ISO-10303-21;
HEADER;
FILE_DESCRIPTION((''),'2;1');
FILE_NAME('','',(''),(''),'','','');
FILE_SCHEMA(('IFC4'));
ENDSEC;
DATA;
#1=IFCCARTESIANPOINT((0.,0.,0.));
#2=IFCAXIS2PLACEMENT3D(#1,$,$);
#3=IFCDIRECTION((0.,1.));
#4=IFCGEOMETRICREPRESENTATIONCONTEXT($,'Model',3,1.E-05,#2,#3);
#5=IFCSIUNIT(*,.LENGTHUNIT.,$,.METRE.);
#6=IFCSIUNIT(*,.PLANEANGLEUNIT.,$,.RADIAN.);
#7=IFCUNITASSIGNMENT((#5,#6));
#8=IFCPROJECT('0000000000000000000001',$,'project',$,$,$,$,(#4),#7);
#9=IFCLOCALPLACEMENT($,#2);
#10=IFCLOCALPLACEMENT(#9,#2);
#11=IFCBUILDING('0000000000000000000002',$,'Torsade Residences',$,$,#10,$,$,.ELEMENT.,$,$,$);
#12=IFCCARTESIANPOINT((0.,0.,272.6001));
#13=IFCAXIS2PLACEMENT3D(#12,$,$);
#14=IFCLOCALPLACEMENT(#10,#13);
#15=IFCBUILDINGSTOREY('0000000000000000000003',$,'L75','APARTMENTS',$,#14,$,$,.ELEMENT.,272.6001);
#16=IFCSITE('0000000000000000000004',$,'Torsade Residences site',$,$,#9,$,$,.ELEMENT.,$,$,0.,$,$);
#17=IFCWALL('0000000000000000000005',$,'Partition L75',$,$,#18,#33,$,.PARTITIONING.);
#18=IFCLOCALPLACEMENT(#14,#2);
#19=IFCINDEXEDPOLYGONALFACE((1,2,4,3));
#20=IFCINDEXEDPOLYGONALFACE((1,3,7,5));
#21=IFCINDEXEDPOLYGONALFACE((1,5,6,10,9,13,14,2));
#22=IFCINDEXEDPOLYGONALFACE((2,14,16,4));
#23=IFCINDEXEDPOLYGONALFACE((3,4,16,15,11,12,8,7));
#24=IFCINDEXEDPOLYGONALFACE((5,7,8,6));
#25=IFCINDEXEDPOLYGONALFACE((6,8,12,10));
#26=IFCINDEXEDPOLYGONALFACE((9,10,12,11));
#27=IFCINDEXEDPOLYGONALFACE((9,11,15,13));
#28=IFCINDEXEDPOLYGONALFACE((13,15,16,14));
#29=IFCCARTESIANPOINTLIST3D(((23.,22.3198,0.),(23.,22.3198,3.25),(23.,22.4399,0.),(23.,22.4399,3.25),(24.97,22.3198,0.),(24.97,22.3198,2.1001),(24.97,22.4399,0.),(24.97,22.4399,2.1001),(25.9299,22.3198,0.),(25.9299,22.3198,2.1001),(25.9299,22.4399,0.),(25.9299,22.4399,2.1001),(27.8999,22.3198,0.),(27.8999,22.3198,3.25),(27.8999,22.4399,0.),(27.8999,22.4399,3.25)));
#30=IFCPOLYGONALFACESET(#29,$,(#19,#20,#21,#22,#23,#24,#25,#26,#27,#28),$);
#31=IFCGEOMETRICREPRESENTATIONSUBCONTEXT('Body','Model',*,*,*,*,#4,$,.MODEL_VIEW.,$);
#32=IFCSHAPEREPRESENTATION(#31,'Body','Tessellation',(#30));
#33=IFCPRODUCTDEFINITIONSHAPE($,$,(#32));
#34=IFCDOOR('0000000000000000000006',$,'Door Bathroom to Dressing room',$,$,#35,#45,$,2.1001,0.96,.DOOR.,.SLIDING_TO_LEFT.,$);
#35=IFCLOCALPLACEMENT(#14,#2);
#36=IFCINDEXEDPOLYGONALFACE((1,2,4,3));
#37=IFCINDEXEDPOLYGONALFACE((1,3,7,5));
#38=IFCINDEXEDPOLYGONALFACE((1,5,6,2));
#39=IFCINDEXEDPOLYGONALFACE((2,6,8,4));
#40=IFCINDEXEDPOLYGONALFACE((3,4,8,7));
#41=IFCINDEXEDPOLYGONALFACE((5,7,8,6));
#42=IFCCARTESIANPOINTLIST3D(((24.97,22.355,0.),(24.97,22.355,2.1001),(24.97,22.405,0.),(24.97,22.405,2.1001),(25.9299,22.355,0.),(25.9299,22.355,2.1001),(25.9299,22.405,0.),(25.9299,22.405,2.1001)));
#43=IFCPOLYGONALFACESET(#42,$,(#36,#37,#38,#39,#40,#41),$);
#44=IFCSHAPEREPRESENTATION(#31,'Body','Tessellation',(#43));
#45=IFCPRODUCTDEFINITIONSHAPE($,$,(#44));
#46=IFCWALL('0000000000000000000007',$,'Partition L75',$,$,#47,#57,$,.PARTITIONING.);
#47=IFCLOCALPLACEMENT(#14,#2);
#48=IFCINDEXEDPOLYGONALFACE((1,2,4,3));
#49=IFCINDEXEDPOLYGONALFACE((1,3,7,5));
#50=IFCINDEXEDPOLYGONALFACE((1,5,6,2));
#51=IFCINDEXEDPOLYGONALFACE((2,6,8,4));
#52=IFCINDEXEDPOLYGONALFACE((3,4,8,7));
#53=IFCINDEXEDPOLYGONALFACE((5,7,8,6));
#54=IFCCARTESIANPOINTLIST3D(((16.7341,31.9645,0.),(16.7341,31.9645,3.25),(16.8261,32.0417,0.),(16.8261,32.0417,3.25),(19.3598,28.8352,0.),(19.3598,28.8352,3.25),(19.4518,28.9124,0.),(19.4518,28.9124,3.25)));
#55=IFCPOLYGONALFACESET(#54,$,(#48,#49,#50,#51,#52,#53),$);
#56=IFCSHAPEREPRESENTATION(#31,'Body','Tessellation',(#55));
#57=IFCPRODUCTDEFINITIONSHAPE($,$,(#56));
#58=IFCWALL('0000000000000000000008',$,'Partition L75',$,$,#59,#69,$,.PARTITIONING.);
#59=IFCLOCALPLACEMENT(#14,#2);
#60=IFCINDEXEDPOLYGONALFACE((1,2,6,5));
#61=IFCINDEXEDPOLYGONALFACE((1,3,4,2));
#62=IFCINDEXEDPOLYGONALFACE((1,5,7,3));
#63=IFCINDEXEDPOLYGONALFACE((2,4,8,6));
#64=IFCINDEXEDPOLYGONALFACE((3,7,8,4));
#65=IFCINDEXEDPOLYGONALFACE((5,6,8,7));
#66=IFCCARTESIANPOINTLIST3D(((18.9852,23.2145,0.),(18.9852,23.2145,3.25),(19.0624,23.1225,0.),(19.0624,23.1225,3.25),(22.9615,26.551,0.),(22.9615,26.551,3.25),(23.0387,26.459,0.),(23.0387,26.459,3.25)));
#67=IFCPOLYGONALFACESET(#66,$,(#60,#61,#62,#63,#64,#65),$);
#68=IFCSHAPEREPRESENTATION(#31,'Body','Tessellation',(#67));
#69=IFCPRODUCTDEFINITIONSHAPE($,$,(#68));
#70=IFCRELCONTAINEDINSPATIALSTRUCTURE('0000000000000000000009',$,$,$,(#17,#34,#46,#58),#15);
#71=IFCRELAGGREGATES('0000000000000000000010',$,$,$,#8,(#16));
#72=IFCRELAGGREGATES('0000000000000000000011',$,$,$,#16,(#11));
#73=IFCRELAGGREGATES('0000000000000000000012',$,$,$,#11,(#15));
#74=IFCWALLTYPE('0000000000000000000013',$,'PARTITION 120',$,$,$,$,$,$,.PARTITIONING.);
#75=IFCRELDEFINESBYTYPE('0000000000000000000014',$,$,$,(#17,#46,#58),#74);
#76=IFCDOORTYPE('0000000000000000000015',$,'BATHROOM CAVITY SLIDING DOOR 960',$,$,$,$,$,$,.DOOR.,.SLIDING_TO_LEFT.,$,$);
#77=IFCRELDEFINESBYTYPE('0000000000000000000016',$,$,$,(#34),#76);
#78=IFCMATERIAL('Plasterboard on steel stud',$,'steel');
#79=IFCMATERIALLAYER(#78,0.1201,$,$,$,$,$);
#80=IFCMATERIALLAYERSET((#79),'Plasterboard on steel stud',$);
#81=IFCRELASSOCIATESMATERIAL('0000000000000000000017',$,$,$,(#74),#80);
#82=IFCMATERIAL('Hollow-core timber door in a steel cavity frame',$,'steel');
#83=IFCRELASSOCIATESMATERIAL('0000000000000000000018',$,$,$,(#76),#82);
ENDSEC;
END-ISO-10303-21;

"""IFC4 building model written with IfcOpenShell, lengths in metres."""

from ifc_helpers import new_model, si_unit, direction, frame, frame_2d, origin, place, context, subcontext, project, spatial, rectangle, extrude, material, layer, layer_set, type_object, element, fill, save


model = new_model("IFC4")

# Units and contexts
model_context = context("Model", 3, precision=1e-05, world=origin(), true_north=direction((0.0, 1.0)))
body_context = subcontext(model_context, "Body", "Model", "MODEL_VIEW")
ifc_project = project(units=[si_unit("LENGTHUNIT", "METRE"), si_unit("PLANEANGLEUNIT", "RADIAN")], contexts=[model_context])

# Site, building, storey
site_placement = place(None, origin())
site = spatial("IfcSite", under=ifc_project, at=site_placement, Name="Torsade Residences site", CompositionType="ELEMENT", RefElevation=0.0)
building_placement = place(site_placement, origin())
building = spatial("IfcBuilding", under=site, at=building_placement, Name="Torsade Residences", CompositionType="ELEMENT")
storey_placement = place(building_placement, frame((0.0, 0.0, 272.6001)))
storey = spatial("IfcBuildingStorey", under=building, at=storey_placement, Name="L75", Description="APARTMENTS", CompositionType="ELEMENT", Elevation=272.6001)

# Wall, opening, door
ifc_material_1 = material(Name="Plasterboard on steel stud", Category="steel")
ifc_layer_1 = layer(ifc_material_1, 0.1201)
ifc_layer_set_1 = layer_set([ifc_layer_1], Name="Plasterboard on steel stud")
wall_type_1 = type_object("IfcWallType", Name="PARTITION 120", PredefinedType="PARTITIONING", material=ifc_layer_set_1)
ifc_material_2 = material(Name="Hollow-core timber door in a steel cavity frame", Category="steel")
door_type_1 = type_object("IfcDoorType", Name="BATHROOM CAVITY SLIDING DOOR 960", OperationType="SLIDING_TO_LEFT", PredefinedType="DOOR", material=ifc_material_2)
wall_1_placement = place(storey_placement, frame((27.8999, 22.3799, 0.0), z_axis=(0.0, 0.0, 1.0), x_axis=(-1.0, 0.0, 0.0)))
wall_1 = element("IfcWall", 1, at=wall_1_placement, inside=storey, type_object=wall_type_1, Name="Partition L75", PredefinedType="PARTITIONING", context=body_context, shape_type="SweptSolid", body=[
    extrude(rectangle(XDim=4.8999, YDim=0.1201, at=frame_2d((2.45, 0.0))), origin(), (0.0, 0.0, 1.0), 3.25),
])
opening_1_placement = place(wall_1_placement, frame((1.97, 0.0, 0.0)))
opening_1 = element("IfcOpeningElement", 2, at=opening_1_placement, cuts=wall_1, PredefinedType="OPENING", context=body_context, shape_type="SweptSolid", body=[
    extrude(rectangle(XDim=0.96, YDim=2.1001, at=frame_2d((0.48, 1.05))), frame((0.0, 0.0701, 0.0), z_axis=(0.0, -1.0, 0.0), x_axis=(1.0, 0.0, 0.0)), (0.0, 0.0, 1.0), 0.1401),
])
door_1_placement = place(opening_1_placement, origin())
door_1 = element("IfcDoor", 3, at=door_1_placement, inside=storey, type_object=door_type_1, Name="Door Bathroom to Dressing room", OperationType="SLIDING_TO_LEFT", OverallHeight=2.1001, OverallWidth=0.96, PredefinedType="DOOR", context=body_context, shape_type="SweptSolid", body=[
    extrude(rectangle(XDim=0.96, YDim=2.1001, at=frame_2d((0.48, 1.05))), frame((0.0, 0.0249, 0.0), z_axis=(0.0, -1.0, 0.0), x_axis=(1.0, 0.0, 0.0)), (0.0, 0.0, 1.0), 0.05),
])
fill(opening_1, door_1)

# Walls
wall_2_placement = place(storey_placement, frame((19.4058, 28.8738, 0.0), z_axis=(0.0, 0.0, 1.0), x_axis=(-0.642767, 0.766061, 0.0)))
element("IfcWall", 4, at=wall_2_placement, inside=storey, type_object=wall_type_1, Name="Partition L75", PredefinedType="PARTITIONING", context=body_context, shape_type="SweptSolid", body=[
    extrude(rectangle(XDim=4.085, YDim=0.1201, at=frame_2d((2.0425, 0.0))), origin(), (0.0, 0.0, 1.0), 3.25),
])
wall_3_placement = place(storey_placement, frame((23.0, 26.5049, 0.0), z_axis=(0.0, 0.0, 1.0), x_axis=(-0.766054, -0.642776, 0.0)))
element("IfcWall", 5, at=wall_3_placement, inside=storey, type_object=wall_type_1, Name="Partition L75", PredefinedType="PARTITIONING", context=body_context, shape_type="SweptSolid", body=[
    extrude(rectangle(XDim=5.1907, YDim=0.1201, at=frame_2d((2.5952, 0.0))), origin(), (0.0, 0.0, 1.0), 3.25),
])

save(model, "model.ifc")
